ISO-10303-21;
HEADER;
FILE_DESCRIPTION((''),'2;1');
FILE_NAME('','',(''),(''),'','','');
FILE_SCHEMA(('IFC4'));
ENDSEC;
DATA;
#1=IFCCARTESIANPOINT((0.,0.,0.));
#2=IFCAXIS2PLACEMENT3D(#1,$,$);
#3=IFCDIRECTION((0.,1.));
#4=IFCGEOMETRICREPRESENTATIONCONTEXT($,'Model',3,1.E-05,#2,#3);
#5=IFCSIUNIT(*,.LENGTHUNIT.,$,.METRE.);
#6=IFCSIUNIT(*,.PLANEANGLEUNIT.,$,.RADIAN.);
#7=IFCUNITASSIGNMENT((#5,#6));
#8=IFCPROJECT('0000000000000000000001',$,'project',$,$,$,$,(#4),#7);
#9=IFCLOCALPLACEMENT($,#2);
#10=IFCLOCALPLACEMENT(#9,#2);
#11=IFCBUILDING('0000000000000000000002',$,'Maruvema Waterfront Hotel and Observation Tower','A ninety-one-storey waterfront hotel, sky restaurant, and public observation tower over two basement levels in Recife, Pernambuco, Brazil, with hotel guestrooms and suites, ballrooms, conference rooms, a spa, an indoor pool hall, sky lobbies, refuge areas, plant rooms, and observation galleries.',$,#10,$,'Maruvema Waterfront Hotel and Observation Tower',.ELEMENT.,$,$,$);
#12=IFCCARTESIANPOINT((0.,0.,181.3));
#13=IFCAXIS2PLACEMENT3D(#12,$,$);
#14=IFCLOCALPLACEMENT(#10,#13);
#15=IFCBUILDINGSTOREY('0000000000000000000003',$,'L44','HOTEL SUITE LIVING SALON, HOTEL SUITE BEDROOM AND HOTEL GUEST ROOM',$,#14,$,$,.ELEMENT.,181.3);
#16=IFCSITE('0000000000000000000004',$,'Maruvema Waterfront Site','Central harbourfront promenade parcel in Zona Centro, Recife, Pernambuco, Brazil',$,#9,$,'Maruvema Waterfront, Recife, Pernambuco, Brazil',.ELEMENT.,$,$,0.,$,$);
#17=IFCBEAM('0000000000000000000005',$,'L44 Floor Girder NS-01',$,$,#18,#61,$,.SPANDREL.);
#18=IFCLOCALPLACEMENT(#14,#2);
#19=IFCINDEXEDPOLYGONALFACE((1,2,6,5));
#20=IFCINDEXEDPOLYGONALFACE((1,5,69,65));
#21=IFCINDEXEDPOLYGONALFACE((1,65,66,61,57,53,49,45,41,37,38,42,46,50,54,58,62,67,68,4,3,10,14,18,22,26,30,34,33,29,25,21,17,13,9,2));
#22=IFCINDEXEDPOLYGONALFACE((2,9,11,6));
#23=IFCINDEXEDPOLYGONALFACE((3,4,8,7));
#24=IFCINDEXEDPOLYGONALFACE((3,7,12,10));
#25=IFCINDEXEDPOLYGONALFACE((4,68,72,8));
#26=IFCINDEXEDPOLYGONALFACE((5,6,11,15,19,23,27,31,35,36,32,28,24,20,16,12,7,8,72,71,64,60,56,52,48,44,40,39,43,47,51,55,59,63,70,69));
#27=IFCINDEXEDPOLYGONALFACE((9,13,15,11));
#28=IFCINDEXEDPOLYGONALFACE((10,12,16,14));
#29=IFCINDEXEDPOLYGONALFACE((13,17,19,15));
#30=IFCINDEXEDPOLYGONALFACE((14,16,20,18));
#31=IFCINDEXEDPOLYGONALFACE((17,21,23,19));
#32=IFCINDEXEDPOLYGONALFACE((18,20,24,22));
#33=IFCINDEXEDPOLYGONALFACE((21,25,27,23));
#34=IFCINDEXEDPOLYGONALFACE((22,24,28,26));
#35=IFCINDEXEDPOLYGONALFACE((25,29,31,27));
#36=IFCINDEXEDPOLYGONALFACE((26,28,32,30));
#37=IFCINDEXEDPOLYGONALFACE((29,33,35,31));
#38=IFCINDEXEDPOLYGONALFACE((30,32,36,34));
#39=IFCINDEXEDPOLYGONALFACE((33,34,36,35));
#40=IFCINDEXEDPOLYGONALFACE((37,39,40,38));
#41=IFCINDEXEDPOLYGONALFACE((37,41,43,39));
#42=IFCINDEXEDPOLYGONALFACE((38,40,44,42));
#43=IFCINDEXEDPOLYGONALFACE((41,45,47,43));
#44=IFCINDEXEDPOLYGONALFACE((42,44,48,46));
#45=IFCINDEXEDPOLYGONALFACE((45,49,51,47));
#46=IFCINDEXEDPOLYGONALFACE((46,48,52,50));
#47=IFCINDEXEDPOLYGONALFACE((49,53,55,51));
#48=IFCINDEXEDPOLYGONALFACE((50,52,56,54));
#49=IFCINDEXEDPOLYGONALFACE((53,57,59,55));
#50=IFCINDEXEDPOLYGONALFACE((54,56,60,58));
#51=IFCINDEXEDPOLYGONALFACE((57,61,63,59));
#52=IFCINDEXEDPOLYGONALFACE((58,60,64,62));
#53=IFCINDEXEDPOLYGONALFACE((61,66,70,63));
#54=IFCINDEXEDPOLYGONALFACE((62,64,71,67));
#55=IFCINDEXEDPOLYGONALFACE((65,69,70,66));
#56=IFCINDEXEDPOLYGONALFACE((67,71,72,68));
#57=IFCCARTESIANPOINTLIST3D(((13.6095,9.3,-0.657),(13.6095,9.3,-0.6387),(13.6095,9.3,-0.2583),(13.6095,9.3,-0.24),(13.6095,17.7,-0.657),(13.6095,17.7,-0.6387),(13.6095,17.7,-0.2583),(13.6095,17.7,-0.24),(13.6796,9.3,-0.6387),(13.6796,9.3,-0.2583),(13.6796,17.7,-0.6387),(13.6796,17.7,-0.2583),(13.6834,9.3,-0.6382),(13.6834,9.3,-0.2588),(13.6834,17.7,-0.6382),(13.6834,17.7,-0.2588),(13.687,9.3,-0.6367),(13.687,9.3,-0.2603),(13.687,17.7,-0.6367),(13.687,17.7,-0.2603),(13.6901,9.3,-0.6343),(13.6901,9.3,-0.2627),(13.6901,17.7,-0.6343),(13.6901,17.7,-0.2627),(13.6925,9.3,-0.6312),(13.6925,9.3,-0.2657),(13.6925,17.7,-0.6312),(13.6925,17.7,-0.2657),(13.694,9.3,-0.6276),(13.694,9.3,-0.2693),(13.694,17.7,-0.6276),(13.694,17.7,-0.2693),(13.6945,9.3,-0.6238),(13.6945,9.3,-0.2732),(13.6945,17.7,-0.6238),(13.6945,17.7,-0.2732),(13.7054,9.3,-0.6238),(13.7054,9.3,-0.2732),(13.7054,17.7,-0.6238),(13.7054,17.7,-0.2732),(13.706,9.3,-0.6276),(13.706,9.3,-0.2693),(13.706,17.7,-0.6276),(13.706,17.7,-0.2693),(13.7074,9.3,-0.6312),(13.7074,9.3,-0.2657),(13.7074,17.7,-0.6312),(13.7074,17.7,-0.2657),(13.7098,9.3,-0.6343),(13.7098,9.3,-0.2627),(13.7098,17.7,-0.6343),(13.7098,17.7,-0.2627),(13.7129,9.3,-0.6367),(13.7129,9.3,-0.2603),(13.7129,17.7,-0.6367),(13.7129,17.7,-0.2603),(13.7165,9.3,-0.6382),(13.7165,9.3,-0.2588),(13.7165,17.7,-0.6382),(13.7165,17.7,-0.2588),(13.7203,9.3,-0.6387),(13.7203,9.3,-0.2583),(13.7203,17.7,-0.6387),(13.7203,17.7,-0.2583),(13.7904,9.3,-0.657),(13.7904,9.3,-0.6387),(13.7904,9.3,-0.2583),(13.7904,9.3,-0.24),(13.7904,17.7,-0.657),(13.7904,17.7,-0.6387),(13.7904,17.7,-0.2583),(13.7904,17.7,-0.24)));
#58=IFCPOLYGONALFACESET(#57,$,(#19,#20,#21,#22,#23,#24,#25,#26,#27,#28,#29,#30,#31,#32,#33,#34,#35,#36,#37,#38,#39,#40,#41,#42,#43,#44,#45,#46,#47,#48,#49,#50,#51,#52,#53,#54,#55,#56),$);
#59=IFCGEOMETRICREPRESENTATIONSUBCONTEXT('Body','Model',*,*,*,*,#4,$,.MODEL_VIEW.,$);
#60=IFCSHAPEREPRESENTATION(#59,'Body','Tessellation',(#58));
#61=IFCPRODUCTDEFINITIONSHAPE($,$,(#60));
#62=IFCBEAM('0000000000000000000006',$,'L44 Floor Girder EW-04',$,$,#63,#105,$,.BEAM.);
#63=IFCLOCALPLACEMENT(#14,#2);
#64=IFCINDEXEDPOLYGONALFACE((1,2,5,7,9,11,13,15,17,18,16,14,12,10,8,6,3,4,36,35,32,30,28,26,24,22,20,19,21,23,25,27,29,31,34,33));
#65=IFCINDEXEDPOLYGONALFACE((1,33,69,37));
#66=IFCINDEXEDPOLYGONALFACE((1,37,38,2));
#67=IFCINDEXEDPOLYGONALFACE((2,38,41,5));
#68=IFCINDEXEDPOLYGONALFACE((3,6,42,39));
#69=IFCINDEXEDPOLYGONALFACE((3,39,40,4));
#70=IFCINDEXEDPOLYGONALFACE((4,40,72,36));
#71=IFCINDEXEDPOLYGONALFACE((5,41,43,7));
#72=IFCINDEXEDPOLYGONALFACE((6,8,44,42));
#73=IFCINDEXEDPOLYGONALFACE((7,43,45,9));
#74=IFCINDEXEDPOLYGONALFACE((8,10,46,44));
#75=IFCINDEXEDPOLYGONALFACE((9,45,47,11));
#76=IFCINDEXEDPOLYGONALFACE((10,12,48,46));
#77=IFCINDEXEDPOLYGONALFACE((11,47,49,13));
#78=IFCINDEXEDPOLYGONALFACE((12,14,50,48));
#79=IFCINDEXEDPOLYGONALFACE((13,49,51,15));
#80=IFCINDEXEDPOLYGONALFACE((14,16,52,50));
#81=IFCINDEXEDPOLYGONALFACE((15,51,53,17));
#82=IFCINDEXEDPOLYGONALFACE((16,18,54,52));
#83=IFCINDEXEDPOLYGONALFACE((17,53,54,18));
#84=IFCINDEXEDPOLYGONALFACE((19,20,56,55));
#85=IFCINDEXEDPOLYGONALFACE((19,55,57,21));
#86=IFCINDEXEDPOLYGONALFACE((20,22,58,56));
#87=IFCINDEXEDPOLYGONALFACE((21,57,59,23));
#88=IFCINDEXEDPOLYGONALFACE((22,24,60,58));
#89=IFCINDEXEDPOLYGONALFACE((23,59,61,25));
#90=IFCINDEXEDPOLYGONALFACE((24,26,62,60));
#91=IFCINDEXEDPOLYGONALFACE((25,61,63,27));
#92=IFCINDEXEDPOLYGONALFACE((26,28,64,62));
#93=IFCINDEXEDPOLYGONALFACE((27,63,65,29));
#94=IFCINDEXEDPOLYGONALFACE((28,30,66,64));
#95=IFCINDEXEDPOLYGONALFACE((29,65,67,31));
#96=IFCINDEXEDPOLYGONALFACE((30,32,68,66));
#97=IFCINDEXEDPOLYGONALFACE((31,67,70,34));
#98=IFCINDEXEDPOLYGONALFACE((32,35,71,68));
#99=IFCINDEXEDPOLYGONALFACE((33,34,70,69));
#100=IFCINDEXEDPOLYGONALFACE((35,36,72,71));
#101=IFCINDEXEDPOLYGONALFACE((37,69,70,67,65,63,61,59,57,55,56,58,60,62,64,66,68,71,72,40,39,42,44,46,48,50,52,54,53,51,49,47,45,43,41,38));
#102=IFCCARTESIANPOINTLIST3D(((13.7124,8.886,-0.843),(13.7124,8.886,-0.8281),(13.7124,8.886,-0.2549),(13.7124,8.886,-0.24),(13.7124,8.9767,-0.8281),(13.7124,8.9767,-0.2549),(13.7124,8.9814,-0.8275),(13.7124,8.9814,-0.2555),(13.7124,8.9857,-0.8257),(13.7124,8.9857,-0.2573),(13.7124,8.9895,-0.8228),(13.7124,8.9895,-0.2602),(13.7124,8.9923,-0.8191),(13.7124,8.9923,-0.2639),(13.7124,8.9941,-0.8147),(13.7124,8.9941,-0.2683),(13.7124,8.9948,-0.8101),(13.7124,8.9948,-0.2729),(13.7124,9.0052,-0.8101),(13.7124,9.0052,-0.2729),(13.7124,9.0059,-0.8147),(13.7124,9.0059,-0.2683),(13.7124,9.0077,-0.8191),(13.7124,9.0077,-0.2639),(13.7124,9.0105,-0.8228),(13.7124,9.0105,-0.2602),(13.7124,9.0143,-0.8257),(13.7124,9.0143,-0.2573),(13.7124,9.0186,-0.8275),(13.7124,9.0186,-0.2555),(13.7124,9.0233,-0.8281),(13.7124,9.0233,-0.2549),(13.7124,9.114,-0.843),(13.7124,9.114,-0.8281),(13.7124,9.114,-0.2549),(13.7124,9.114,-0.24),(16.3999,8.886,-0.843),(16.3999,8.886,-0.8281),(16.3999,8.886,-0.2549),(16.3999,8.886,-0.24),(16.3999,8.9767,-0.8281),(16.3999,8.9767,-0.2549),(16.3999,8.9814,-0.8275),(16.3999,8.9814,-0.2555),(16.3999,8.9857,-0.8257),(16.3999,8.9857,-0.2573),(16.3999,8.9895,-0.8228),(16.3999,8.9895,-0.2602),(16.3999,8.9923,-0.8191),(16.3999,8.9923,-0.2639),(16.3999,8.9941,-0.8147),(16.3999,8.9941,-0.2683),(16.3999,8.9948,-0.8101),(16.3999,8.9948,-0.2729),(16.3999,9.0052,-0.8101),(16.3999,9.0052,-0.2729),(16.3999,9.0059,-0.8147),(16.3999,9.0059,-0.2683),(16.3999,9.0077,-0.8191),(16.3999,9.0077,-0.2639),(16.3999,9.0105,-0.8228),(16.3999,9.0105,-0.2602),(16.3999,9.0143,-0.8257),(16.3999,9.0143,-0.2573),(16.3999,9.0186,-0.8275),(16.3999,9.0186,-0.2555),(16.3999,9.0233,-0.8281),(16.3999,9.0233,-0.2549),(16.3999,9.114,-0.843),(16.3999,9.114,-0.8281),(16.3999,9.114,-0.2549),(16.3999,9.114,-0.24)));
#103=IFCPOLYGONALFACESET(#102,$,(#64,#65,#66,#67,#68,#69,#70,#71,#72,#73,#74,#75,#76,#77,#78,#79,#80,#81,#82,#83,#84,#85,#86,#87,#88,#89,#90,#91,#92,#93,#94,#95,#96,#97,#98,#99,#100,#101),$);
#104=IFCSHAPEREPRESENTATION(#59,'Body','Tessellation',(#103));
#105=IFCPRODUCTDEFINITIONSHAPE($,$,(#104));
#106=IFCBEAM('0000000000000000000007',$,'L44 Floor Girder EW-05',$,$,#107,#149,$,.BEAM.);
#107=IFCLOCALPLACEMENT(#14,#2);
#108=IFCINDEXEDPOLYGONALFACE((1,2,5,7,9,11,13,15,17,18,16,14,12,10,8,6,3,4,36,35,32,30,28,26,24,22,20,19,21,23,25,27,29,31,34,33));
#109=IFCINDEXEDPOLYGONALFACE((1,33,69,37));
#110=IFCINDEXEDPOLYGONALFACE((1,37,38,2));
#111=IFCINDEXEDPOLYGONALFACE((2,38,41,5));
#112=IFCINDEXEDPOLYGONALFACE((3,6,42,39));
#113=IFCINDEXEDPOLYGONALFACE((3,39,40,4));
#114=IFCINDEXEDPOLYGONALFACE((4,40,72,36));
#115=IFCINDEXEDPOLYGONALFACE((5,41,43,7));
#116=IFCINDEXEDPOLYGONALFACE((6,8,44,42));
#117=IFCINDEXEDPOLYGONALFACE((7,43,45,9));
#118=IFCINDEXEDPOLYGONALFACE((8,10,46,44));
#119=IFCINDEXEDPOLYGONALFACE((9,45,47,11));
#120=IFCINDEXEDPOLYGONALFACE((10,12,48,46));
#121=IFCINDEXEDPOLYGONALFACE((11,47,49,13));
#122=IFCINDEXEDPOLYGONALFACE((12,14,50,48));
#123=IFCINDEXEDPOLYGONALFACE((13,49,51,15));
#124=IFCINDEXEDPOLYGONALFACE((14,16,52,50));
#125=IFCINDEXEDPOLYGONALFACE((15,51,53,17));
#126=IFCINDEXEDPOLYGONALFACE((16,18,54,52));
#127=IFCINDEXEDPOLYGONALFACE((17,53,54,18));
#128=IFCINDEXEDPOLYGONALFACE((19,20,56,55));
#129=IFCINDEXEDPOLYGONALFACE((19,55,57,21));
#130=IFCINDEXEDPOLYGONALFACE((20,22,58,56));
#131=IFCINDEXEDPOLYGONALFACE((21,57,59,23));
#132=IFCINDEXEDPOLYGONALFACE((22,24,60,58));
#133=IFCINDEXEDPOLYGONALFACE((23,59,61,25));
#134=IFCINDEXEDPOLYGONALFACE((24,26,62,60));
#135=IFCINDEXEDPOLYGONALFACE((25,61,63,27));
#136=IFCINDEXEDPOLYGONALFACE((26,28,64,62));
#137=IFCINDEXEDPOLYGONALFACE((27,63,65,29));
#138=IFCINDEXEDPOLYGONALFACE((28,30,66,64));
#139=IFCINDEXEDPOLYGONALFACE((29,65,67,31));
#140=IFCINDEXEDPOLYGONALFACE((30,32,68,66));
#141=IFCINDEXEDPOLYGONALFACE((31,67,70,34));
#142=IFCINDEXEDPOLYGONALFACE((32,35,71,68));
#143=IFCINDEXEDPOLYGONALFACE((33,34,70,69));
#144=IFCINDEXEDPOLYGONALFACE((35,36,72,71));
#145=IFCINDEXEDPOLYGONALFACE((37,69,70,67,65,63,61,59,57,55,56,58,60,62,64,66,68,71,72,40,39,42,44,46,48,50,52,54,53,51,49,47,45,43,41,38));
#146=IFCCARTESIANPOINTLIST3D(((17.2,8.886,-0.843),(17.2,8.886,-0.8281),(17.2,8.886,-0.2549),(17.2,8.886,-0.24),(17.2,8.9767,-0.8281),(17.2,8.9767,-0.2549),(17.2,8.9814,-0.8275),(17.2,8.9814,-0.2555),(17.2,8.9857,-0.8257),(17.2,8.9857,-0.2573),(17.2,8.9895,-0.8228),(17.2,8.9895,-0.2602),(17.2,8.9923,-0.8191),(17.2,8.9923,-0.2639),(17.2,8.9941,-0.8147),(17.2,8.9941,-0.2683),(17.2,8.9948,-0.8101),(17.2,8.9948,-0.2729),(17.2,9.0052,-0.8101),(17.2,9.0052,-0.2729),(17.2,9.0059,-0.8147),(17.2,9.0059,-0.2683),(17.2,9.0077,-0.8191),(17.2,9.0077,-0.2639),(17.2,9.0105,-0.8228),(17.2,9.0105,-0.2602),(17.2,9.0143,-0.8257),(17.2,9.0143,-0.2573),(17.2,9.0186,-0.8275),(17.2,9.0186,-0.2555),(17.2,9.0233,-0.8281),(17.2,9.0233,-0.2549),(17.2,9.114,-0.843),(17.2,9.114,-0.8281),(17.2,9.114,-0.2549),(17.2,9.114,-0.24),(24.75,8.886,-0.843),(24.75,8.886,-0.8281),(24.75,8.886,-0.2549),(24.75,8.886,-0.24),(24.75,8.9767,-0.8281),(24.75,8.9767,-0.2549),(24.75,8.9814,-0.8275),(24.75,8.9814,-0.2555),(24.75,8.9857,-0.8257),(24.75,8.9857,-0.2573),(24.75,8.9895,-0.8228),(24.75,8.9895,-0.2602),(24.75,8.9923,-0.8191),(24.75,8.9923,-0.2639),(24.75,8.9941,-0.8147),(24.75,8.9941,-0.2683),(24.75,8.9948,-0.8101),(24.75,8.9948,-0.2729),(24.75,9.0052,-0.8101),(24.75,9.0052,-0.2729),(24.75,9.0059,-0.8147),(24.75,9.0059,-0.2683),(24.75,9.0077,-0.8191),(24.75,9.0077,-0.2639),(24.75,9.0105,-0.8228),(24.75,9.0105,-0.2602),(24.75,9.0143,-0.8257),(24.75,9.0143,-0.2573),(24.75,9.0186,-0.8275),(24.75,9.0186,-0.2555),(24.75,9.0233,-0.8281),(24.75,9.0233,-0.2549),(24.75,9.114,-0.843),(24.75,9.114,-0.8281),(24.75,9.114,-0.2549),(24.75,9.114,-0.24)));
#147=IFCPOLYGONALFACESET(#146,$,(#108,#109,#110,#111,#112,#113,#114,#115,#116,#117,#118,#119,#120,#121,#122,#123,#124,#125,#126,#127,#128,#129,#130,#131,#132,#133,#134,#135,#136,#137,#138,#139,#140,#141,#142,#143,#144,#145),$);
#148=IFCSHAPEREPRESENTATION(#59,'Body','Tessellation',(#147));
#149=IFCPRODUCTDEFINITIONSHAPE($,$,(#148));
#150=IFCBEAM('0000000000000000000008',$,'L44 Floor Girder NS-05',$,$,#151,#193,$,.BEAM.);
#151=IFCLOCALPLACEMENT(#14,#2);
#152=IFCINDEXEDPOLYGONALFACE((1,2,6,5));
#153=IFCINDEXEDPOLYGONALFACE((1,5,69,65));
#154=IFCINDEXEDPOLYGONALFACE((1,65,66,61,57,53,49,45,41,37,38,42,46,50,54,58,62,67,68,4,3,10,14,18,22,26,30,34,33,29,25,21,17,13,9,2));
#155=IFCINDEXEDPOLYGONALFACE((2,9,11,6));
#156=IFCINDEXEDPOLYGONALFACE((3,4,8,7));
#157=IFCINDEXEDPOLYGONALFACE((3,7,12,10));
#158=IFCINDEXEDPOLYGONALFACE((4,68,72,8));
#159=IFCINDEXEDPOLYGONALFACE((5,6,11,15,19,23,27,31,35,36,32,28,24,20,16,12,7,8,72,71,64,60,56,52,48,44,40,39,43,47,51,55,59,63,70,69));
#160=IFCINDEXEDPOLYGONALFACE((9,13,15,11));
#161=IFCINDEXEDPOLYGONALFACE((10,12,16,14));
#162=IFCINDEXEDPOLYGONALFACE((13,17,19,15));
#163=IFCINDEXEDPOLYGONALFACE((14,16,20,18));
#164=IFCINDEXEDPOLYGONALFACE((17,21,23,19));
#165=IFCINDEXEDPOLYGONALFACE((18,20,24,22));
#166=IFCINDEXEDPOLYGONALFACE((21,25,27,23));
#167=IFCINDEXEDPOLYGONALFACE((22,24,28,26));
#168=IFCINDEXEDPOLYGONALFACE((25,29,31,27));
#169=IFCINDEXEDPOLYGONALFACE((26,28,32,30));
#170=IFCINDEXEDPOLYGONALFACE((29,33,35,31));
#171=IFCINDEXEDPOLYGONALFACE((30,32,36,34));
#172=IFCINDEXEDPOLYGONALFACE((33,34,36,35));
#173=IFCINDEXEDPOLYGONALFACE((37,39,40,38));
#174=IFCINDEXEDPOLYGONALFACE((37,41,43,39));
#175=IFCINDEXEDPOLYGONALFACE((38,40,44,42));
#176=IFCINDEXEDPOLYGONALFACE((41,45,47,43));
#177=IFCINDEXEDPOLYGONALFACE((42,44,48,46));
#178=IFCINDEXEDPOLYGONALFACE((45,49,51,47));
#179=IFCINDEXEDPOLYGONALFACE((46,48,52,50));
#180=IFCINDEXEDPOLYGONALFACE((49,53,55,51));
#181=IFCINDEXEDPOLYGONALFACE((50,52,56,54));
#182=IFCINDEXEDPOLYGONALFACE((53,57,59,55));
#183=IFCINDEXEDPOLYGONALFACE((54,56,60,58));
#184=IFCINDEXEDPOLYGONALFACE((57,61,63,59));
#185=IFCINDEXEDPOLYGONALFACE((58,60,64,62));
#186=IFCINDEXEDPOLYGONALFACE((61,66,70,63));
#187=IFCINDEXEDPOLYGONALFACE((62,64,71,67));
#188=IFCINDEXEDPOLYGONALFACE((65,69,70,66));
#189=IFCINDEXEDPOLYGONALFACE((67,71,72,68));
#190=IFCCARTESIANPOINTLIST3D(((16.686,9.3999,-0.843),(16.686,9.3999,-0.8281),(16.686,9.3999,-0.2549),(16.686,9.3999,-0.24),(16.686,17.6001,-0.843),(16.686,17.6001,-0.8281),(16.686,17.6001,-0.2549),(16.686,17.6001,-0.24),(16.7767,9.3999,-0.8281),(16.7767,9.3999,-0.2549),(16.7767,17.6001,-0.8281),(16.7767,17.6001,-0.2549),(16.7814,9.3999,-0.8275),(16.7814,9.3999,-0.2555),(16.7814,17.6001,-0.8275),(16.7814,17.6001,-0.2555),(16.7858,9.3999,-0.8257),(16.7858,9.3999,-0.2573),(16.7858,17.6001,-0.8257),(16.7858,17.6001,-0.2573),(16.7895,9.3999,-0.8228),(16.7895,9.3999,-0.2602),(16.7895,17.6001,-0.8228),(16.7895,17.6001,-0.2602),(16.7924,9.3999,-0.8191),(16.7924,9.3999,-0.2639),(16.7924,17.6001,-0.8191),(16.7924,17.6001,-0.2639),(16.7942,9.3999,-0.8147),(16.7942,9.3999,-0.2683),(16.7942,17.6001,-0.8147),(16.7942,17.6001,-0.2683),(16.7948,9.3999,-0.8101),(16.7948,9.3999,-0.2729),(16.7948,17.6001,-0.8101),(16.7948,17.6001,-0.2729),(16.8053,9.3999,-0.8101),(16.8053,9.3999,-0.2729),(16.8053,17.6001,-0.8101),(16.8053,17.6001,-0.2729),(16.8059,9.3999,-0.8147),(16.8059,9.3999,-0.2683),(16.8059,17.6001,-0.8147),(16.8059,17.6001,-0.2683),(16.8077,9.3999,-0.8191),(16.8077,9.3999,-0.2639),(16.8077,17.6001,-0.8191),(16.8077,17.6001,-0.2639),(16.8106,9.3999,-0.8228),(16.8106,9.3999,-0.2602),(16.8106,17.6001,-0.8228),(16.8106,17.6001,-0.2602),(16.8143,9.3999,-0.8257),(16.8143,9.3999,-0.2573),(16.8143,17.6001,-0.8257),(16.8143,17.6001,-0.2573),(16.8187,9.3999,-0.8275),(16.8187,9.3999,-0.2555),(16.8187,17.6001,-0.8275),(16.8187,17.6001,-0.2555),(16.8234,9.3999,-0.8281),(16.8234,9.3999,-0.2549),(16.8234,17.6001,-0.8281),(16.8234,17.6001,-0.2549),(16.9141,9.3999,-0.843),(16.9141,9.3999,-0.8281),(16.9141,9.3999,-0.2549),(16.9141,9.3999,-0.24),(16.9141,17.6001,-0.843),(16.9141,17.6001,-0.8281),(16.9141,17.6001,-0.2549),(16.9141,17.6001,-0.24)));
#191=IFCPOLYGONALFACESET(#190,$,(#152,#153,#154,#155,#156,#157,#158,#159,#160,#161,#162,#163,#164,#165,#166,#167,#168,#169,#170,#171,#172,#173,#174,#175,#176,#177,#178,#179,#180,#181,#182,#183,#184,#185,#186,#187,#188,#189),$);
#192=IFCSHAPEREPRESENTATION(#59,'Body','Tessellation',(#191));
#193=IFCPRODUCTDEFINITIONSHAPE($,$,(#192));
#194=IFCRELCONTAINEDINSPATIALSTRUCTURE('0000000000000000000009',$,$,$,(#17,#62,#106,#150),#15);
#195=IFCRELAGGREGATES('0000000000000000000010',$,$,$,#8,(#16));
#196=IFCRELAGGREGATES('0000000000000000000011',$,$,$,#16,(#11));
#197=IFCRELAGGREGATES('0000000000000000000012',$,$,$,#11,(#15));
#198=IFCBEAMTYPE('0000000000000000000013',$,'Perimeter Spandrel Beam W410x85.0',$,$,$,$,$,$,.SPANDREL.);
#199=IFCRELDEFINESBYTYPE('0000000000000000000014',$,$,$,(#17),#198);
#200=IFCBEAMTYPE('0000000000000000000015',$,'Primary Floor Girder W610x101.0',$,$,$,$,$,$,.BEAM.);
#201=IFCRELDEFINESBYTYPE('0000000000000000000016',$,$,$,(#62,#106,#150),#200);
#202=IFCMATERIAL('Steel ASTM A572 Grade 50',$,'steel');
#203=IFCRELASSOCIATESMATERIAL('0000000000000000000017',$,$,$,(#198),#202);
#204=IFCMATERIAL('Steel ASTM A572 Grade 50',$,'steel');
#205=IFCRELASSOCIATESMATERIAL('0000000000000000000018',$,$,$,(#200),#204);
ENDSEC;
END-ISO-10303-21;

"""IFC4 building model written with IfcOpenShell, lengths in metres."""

from ifc_helpers import new_model, si_unit, direction, frame, origin, origin_2d, place, context, subcontext, project, spatial, i_section, extrude, material, material_profile, profile_set, type_object, element, save


model = new_model("IFC4")

# Units and contexts
model_context = context("Model", 3, precision=1e-05, world=origin(), true_north=direction((0.0, 1.0)))
body_context = subcontext(model_context, "Body", "Model", "MODEL_VIEW")
ifc_project = project(units=[si_unit("LENGTHUNIT", "METRE"), si_unit("PLANEANGLEUNIT", "RADIAN")], contexts=[model_context])

# Site, building, storey
site_placement = place(None, origin())
site = spatial("IfcSite", under=ifc_project, at=site_placement, Name="Maruvema Waterfront Site", Description="Central harbourfront promenade parcel in Zona Centro, Recife, Pernambuco, Brazil", LongName="Maruvema Waterfront, Recife, Pernambuco, Brazil", CompositionType="ELEMENT", RefElevation=0.0)
building_placement = place(site_placement, origin())
building = spatial("IfcBuilding", under=site, at=building_placement, Name="Maruvema Waterfront Hotel and Observation Tower", Description="A ninety-one-storey waterfront hotel, sky restaurant, and public observation tower over two basement levels in Recife, Pernambuco, Brazil, with hotel guestrooms and suites, ballrooms, conference rooms, a spa, an indoor pool hall, sky lobbies, refuge areas, plant rooms, and observation galleries.", LongName="Maruvema Waterfront Hotel and Observation Tower", CompositionType="ELEMENT")
storey_placement = place(building_placement, frame((0.0, 0.0, 181.3)))
storey = spatial("IfcBuildingStorey", under=building, at=storey_placement, Name="L44", Description="HOTEL SUITE LIVING SALON, HOTEL SUITE BEDROOM AND HOTEL GUEST ROOM", CompositionType="ELEMENT", Elevation=181.3)

# Beams
ifc_material_1 = material(Name="Steel ASTM A572 Grade 50", Category="steel")
ifc_material_profile_1 = material_profile(ifc_material_1, i_section(OverallWidth=0.1809, OverallDepth=0.417, WebThickness=0.011, FlangeThickness=0.0183, FilletRadius=0.0149, at=origin_2d()), Name="W410x85.0")
ifc_profile_set_1 = profile_set([ifc_material_profile_1], Name="Steel ASTM A572 Grade 50")
beam_type_1 = type_object("IfcBeamType", Name="Perimeter Spandrel Beam W410x85.0", PredefinedType="SPANDREL", material=ifc_profile_set_1)
beam_1_placement = place(storey_placement, frame((13.7, 9.3, -0.4485), z_axis=(0.0, 1.0, 0.0), x_axis=(-1.0, 0.0, 0.0)))
element("IfcBeam", 1, at=beam_1_placement, inside=storey, type_object=beam_type_1, Name="L44 Floor Girder NS-01", PredefinedType="SPANDREL", context=body_context, shape_type="SweptSolid", body=[
    extrude(i_section(OverallWidth=0.1809, OverallDepth=0.417, WebThickness=0.011, FlangeThickness=0.0183, FilletRadius=0.0149, at=origin_2d()), origin(), (0.0, 0.0, 1.0), 8.3999),
])
ifc_material_2 = material(Name="Steel ASTM A572 Grade 50", Category="steel")
ifc_material_profile_2 = material_profile(ifc_material_2, i_section(OverallWidth=0.228, OverallDepth=0.603, WebThickness=0.0105, FlangeThickness=0.0149, FilletRadius=0.0181, at=origin_2d()), Name="W610x101.0")
ifc_profile_set_2 = profile_set([ifc_material_profile_2], Name="Steel ASTM A572 Grade 50")
beam_type_2 = type_object("IfcBeamType", Name="Primary Floor Girder W610x101.0", PredefinedType="BEAM", material=ifc_profile_set_2)
beam_2_placement = place(storey_placement, frame((13.7124, 9.0, -0.5415), z_axis=(1.0, 0.0, 0.0), x_axis=(0.0, 1.0, 0.0)))
element("IfcBeam", 2, at=beam_2_placement, inside=storey, type_object=beam_type_2, Name="L44 Floor Girder EW-04", PredefinedType="BEAM", context=body_context, shape_type="SweptSolid", body=[
    extrude(i_section(OverallWidth=0.228, OverallDepth=0.603, WebThickness=0.0105, FlangeThickness=0.0149, FilletRadius=0.0181, at=origin_2d()), origin(), (0.0, 0.0, 1.0), 2.6875),
])
beam_3_placement = place(storey_placement, frame((17.2, 9.0, -0.5415), z_axis=(1.0, 0.0, 0.0), x_axis=(0.0, 1.0, 0.0)))
element("IfcBeam", 3, at=beam_3_placement, inside=storey, type_object=beam_type_2, Name="L44 Floor Girder EW-05", PredefinedType="BEAM", context=body_context, shape_type="SweptSolid", body=[
    extrude(i_section(OverallWidth=0.228, OverallDepth=0.603, WebThickness=0.0105, FlangeThickness=0.0149, FilletRadius=0.0181, at=origin_2d()), origin(), (0.0, 0.0, 1.0), 7.55),
])
beam_4_placement = place(storey_placement, frame((16.8, 9.3999, -0.5415), z_axis=(0.0, 1.0, 0.0), x_axis=(-1.0, 0.0, 0.0)))
element("IfcBeam", 4, at=beam_4_placement, inside=storey, type_object=beam_type_2, Name="L44 Floor Girder NS-05", PredefinedType="BEAM", context=body_context, shape_type="SweptSolid", body=[
    extrude(i_section(OverallWidth=0.228, OverallDepth=0.603, WebThickness=0.0105, FlangeThickness=0.0149, FilletRadius=0.0181, at=origin_2d()), origin(), (0.0, 0.0, 1.0), 8.2002),
])

save(model, "model.ifc")
